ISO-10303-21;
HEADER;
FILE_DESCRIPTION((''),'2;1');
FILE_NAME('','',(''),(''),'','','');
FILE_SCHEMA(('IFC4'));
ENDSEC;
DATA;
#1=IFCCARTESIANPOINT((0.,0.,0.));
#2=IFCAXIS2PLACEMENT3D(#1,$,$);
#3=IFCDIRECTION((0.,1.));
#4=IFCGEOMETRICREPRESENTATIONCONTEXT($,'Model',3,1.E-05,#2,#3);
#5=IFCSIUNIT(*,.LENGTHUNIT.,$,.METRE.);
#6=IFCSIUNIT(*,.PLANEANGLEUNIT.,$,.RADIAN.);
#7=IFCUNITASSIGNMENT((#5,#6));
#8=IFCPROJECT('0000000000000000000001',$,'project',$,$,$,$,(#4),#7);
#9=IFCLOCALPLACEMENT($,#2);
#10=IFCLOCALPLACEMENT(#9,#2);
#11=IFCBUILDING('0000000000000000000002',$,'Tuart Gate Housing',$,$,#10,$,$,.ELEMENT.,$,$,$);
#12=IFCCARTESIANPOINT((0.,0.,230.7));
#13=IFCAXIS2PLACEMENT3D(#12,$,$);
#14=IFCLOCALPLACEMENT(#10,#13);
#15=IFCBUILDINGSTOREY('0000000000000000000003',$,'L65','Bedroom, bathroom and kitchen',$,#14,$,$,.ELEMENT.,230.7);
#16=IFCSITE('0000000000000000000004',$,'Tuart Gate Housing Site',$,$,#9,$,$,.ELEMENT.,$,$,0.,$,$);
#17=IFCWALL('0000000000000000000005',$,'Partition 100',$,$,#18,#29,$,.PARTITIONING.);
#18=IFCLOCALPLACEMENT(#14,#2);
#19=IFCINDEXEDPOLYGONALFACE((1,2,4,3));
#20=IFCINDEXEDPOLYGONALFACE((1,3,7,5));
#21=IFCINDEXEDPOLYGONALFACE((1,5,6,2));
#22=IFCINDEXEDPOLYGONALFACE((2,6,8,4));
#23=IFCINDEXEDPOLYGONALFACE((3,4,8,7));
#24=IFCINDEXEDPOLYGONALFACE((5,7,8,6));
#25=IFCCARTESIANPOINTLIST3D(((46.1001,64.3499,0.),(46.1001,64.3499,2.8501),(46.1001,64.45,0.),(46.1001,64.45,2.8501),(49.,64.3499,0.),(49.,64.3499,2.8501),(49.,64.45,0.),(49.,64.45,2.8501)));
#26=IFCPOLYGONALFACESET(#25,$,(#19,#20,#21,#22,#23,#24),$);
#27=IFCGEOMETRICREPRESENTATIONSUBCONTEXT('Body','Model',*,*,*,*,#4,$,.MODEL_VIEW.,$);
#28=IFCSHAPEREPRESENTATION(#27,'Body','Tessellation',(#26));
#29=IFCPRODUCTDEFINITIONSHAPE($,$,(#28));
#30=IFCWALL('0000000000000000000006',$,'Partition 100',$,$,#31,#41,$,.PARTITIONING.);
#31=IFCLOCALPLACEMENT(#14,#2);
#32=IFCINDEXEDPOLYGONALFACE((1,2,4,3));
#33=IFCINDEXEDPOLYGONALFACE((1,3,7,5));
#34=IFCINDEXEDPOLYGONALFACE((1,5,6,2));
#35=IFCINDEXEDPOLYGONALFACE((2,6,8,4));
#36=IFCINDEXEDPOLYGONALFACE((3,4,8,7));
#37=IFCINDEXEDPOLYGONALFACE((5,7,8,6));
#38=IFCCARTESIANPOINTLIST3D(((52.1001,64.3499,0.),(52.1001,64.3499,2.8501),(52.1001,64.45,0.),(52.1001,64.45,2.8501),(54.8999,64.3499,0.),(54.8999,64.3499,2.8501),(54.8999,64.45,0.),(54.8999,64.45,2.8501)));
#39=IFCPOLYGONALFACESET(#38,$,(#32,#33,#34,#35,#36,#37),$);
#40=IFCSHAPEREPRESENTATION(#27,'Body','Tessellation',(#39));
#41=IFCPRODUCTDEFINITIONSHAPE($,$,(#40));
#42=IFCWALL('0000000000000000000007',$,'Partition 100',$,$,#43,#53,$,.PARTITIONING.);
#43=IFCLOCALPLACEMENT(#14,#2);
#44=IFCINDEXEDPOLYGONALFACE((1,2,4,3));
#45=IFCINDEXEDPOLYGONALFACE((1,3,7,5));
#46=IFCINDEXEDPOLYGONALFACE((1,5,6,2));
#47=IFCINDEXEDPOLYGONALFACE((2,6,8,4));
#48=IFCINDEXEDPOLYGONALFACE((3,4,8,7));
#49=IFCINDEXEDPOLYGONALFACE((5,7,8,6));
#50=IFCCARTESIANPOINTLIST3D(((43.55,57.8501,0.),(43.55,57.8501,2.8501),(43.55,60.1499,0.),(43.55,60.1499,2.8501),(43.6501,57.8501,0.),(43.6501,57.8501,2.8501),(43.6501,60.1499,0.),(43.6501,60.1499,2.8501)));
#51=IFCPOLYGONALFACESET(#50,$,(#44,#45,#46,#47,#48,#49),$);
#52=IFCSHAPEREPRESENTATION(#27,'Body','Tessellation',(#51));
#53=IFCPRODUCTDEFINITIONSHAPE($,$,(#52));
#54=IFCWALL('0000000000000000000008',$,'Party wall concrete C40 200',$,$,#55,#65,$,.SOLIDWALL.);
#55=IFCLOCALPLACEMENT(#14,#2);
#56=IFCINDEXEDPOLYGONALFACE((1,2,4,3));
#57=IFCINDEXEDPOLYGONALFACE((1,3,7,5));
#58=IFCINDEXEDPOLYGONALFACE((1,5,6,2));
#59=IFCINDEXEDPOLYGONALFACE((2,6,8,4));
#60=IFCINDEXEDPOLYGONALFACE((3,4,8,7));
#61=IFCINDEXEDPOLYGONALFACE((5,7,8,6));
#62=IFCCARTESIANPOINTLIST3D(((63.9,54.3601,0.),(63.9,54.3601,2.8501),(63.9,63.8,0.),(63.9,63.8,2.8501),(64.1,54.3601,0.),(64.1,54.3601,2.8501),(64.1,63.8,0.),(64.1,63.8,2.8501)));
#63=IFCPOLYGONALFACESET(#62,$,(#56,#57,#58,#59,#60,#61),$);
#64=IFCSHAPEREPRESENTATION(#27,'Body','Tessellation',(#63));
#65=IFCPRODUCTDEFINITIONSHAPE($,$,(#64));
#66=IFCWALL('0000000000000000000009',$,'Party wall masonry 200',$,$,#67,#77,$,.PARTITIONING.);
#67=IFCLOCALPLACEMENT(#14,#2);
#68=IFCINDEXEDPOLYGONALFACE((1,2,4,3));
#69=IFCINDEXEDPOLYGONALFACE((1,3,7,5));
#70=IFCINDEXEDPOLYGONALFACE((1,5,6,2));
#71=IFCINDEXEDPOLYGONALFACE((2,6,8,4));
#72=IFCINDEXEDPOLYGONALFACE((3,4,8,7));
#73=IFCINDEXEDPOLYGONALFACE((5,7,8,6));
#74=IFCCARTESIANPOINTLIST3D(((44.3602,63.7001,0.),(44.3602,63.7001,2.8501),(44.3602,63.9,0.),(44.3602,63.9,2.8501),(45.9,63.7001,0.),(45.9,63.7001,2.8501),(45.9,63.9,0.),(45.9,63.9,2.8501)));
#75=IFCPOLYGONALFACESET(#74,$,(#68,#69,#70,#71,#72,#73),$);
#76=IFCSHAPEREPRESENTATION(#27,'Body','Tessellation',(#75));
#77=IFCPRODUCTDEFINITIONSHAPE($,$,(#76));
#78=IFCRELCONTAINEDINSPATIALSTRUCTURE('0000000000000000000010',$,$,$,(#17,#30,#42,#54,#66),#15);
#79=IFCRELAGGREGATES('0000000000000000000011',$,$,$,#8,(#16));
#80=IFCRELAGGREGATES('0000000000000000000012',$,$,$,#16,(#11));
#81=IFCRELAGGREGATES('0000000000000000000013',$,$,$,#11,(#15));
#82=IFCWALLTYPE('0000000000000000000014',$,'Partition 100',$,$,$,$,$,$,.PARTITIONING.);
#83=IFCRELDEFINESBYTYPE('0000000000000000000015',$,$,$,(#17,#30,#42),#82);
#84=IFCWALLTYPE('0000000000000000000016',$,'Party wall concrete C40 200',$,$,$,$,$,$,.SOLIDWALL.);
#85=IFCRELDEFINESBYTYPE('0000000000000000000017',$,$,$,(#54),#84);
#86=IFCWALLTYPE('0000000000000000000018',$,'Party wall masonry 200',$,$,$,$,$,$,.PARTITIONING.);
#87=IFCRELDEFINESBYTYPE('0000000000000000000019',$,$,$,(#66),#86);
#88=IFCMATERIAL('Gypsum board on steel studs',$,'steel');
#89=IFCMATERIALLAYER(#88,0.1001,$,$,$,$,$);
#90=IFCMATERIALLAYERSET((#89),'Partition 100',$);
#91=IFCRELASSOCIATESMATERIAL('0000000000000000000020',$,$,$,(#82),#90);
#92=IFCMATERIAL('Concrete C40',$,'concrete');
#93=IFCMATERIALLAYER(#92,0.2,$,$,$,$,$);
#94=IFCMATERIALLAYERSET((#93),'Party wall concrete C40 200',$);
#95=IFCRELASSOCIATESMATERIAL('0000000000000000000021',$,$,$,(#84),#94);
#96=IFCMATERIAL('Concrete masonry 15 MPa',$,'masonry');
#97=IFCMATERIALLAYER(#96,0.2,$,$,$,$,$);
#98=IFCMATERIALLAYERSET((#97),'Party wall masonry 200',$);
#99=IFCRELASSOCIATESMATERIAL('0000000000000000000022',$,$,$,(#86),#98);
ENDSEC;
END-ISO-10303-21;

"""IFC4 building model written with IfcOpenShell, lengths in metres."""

from ifc_helpers import new_model, si_unit, direction, frame, frame_2d, origin, place, context, subcontext, project, spatial, rectangle, extrude, material, layer, layer_set, type_object, element, save


model = new_model("IFC4")

# Units and contexts
model_context = context("Model", 3, precision=1e-05, world=origin(), true_north=direction((0.0, 1.0)))
body_context = subcontext(model_context, "Body", "Model", "MODEL_VIEW")
ifc_project = project(units=[si_unit("LENGTHUNIT", "METRE"), si_unit("PLANEANGLEUNIT", "RADIAN")], contexts=[model_context])

# Site, building, storey
site_placement = place(None, origin())
site = spatial("IfcSite", under=ifc_project, at=site_placement, Name="Tuart Gate Housing Site", CompositionType="ELEMENT", RefElevation=0.0)
building_placement = place(site_placement, origin())
building = spatial("IfcBuilding", under=site, at=building_placement, Name="Tuart Gate Housing", CompositionType="ELEMENT")
storey_placement = place(building_placement, frame((0.0, 0.0, 230.7)))
storey = spatial("IfcBuildingStorey", under=building, at=storey_placement, Name="L65", Description="Bedroom, bathroom and kitchen", CompositionType="ELEMENT", Elevation=230.7)

# Shared definitions
ifc_material_1 = material(Name="Gypsum board on steel studs", Category="steel")
ifc_layer_1 = layer(ifc_material_1, 0.1001)
ifc_layer_set_1 = layer_set([ifc_layer_1], Name="Partition 100")
wall_type_1 = type_object("IfcWallType", Name="Partition 100", PredefinedType="PARTITIONING", material=ifc_layer_set_1)

# Walls
wall_1_placement = place(storey_placement, frame((46.1001, 64.3999, 0.0), z_axis=(0.0, 0.0, 1.0), x_axis=(1.0, 0.0, 0.0)))
element("IfcWall", 1, at=wall_1_placement, inside=storey, type_object=wall_type_1, Name="Partition 100", PredefinedType="PARTITIONING", context=body_context, shape_type="SweptSolid", body=[
    extrude(rectangle(XDim=2.8999, YDim=0.1001, at=frame_2d((1.45, 0.0))), origin(), (0.0, 0.0, 1.0), 2.8501),
])
wall_2_placement = place(storey_placement, frame((52.1001, 64.3999, 0.0), z_axis=(0.0, 0.0, 1.0), x_axis=(1.0, 0.0, 0.0)))
element("IfcWall", 2, at=wall_2_placement, inside=storey, type_object=wall_type_1, Name="Partition 100", PredefinedType="PARTITIONING", context=body_context, shape_type="SweptSolid", body=[
    extrude(rectangle(XDim=2.7998, YDim=0.1001, at=frame_2d((1.3999, 0.0))), origin(), (0.0, 0.0, 1.0), 2.8501),
])
wall_3_placement = place(storey_placement, frame((43.6001, 57.8501, 0.0), z_axis=(0.0, 0.0, 1.0), x_axis=(0.0, 1.0, 0.0)))
element("IfcWall", 3, at=wall_3_placement, inside=storey, type_object=wall_type_1, Name="Partition 100", PredefinedType="PARTITIONING", context=body_context, shape_type="SweptSolid", body=[
    extrude(rectangle(XDim=2.2998, YDim=0.1001, at=frame_2d((1.1499, 0.0))), origin(), (0.0, 0.0, 1.0), 2.8501),
])
ifc_material_2 = material(Name="Concrete C40", Category="concrete")
ifc_layer_2 = layer(ifc_material_2, 0.2)
ifc_layer_set_2 = layer_set([ifc_layer_2], Name="Party wall concrete C40 200")
wall_type_2 = type_object("IfcWallType", Name="Party wall concrete C40 200", PredefinedType="SOLIDWALL", material=ifc_layer_set_2)
wall_4_placement = place(storey_placement, frame((64.0, 54.3601, 0.0), z_axis=(0.0, 0.0, 1.0), x_axis=(0.0, 1.0, 0.0)))
element("IfcWall", 4, at=wall_4_placement, inside=storey, type_object=wall_type_2, Name="Party wall concrete C40 200", PredefinedType="SOLIDWALL", context=body_context, shape_type="SweptSolid", body=[
    extrude(rectangle(XDim=9.4399, YDim=0.2, at=frame_2d((4.72, 0.0))), origin(), (0.0, 0.0, 1.0), 2.8501),
])
ifc_material_3 = material(Name="Concrete masonry 15 MPa", Category="masonry")
ifc_layer_3 = layer(ifc_material_3, 0.2)
ifc_layer_set_3 = layer_set([ifc_layer_3], Name="Party wall masonry 200")
wall_type_3 = type_object("IfcWallType", Name="Party wall masonry 200", PredefinedType="PARTITIONING", material=ifc_layer_set_3)
wall_5_placement = place(storey_placement, frame((44.3601, 63.8, 0.0), z_axis=(0.0, 0.0, 1.0), x_axis=(1.0, 0.0, 0.0)))
element("IfcWall", 5, at=wall_5_placement, inside=storey, type_object=wall_type_3, Name="Party wall masonry 200", PredefinedType="PARTITIONING", context=body_context, shape_type="SweptSolid", body=[
    extrude(rectangle(XDim=1.5398, YDim=0.2, at=frame_2d((0.77, 0.0))), origin(), (0.0, 0.0, 1.0), 2.8501),
])

save(model, "model.ifc")
